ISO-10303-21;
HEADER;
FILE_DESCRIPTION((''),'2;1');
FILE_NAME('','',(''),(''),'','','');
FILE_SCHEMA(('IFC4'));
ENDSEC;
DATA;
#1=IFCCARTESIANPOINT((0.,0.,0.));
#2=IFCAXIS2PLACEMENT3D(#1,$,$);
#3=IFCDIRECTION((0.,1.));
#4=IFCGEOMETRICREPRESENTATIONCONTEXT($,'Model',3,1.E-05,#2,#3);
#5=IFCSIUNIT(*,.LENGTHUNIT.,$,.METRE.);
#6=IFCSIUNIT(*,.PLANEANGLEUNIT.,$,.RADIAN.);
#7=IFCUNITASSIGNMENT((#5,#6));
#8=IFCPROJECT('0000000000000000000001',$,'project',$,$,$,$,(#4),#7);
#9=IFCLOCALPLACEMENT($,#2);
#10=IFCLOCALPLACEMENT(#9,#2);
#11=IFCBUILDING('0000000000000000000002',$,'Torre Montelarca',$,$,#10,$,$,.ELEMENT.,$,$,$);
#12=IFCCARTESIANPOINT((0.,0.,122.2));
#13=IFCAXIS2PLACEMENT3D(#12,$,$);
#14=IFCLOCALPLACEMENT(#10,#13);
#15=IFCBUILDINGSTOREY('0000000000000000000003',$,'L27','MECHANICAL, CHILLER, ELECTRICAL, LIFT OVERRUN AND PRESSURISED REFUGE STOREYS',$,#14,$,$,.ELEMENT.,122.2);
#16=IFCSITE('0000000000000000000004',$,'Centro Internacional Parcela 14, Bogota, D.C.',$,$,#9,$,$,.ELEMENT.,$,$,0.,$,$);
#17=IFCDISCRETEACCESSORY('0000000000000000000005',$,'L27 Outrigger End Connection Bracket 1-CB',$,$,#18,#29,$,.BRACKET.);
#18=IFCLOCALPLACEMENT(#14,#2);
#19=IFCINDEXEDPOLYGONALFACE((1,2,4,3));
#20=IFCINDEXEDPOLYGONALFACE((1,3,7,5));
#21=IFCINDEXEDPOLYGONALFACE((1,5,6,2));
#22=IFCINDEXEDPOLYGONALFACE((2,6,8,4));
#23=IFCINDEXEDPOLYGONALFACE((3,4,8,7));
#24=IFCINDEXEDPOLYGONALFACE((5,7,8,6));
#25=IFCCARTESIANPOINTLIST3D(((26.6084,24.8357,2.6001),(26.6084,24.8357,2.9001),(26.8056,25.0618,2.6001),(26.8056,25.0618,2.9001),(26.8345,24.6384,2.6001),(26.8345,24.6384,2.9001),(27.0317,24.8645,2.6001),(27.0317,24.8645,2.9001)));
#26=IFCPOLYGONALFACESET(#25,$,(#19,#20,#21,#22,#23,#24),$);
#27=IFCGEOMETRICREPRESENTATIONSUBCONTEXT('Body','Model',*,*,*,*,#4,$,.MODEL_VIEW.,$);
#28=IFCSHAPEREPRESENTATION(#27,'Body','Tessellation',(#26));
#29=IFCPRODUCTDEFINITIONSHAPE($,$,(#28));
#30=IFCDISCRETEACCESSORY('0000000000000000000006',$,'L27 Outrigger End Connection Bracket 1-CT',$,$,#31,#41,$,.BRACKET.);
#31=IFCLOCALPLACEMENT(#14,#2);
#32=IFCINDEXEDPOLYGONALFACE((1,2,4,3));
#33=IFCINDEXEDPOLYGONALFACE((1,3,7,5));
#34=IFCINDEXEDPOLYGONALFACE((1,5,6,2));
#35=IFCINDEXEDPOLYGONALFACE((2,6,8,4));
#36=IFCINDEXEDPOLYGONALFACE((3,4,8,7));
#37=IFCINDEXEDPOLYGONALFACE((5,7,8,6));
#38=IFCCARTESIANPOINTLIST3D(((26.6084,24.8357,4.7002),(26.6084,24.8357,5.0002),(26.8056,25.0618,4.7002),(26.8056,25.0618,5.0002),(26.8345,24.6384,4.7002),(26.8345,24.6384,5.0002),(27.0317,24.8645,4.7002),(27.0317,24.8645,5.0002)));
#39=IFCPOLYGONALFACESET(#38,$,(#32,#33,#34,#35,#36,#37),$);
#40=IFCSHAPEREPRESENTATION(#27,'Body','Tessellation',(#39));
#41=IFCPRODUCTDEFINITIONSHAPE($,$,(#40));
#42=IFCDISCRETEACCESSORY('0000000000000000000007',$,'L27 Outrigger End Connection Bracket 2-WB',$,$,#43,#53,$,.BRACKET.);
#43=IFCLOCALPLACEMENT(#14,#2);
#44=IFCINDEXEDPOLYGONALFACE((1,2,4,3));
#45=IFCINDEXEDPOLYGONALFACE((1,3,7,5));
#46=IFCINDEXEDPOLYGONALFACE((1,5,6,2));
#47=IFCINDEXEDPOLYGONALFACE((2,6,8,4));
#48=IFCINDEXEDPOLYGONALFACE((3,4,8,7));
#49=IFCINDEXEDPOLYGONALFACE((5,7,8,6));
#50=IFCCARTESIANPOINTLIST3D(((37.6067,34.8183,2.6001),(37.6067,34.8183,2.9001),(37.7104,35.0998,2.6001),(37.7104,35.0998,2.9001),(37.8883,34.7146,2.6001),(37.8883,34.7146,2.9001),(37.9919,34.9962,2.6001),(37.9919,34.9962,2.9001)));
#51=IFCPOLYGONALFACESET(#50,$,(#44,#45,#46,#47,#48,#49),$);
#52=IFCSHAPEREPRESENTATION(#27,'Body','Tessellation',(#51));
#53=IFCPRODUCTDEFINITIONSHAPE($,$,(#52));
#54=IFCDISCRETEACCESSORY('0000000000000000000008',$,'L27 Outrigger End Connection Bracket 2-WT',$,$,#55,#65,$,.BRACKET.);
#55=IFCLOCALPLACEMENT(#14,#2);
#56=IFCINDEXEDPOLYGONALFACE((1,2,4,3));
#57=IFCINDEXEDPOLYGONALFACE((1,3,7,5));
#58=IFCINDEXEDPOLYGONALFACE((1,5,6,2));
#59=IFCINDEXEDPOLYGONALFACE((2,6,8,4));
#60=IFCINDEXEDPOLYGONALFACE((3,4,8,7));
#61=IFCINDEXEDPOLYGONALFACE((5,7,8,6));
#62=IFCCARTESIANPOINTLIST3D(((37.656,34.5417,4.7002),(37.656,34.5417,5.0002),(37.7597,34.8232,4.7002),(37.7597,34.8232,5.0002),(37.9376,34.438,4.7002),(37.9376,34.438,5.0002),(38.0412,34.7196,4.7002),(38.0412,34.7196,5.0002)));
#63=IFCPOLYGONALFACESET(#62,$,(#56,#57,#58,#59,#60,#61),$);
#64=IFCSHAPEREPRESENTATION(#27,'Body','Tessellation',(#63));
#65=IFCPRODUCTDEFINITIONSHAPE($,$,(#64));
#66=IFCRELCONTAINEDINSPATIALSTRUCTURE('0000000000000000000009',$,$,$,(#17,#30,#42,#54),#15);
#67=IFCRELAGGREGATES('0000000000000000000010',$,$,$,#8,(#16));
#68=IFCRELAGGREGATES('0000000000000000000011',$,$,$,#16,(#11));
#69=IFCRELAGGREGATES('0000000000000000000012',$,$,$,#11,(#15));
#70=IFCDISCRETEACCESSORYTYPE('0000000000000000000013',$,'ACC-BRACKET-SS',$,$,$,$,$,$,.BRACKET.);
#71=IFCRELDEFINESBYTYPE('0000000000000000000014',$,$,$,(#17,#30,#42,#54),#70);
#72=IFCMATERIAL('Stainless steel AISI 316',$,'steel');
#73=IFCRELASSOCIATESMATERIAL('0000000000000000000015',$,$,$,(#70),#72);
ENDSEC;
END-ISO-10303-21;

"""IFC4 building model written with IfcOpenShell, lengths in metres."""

from ifc_helpers import new_model, si_unit, direction, frame, origin, origin_2d, place, context, subcontext, project, spatial, rectangle, extrude, source, transform, mapped, material, type_object, element, save


model = new_model("IFC4")

# Units and contexts
model_context = context("Model", 3, precision=1e-05, world=origin(), true_north=direction((0.0, 1.0)))
body_context = subcontext(model_context, "Body", "Model", "MODEL_VIEW")
ifc_project = project(units=[si_unit("LENGTHUNIT", "METRE"), si_unit("PLANEANGLEUNIT", "RADIAN")], contexts=[model_context])

# Site, building, storey
site_placement = place(None, origin())
site = spatial("IfcSite", under=ifc_project, at=site_placement, Name="Centro Internacional Parcela 14, Bogota, D.C.", CompositionType="ELEMENT", RefElevation=0.0)
building_placement = place(site_placement, origin())
building = spatial("IfcBuilding", under=site, at=building_placement, Name="Torre Montelarca", CompositionType="ELEMENT")
storey_placement = place(building_placement, frame((0.0, 0.0, 122.2)))
storey = spatial("IfcBuildingStorey", under=building, at=storey_placement, Name="L27", Description="MECHANICAL, CHILLER, ELECTRICAL, LIFT OVERRUN AND PRESSURISED REFUGE STOREYS", CompositionType="ELEMENT", Elevation=122.2)

# Discrete accessories
ifc_material_1 = material(Name="Stainless steel AISI 316", Category="steel")
discrete_accessory_type = type_object("IfcDiscreteAccessoryType", Name="ACC-BRACKET-SS", PredefinedType="BRACKET", material=ifc_material_1)
shared_shape_1 = source(origin(), body_context, "Body", "SweptSolid", [
    extrude(rectangle(XDim=0.3, YDim=0.3, at=origin_2d()), origin(), (0.0, 0.0, 1.0), 0.3),
])
for number, where, z_axis, x_axis, name in (
    (1, (26.8201, 24.8501, 2.6001), (0.0, 0.0, 1.0), (-0.753563, 0.657375, 0.0), "L27 Outrigger End Connection Bracket 1-CB"),
    (2, (26.8201, 24.8501, 4.7002), (0.0, 0.0, 1.0), (-0.753563, 0.657375, 0.0), "L27 Outrigger End Connection Bracket 1-CT"),
    (3, (37.7993, 34.9072, 2.6001), (0.0, 0.0, 1.0), (-0.938433, 0.345462, 0.0), "L27 Outrigger End Connection Bracket 2-WB"),
    (4, (37.8486, 34.6306, 4.7002), (0.0, 0.0, 1.0), (-0.938433, 0.345462, 0.0), "L27 Outrigger End Connection Bracket 2-WT"),
):
    element("IfcDiscreteAccessory", number, at=place(storey_placement, frame(where, z_axis=z_axis, x_axis=x_axis)), inside=storey, type_object=discrete_accessory_type, Name=name, PredefinedType="BRACKET", context=body_context, shape_type="MappedRepresentation", body=[
        mapped(shared_shape_1, transform((0.0, 0.0, 0.0), scale=1.0)),
    ])

save(model, "model.ifc")
